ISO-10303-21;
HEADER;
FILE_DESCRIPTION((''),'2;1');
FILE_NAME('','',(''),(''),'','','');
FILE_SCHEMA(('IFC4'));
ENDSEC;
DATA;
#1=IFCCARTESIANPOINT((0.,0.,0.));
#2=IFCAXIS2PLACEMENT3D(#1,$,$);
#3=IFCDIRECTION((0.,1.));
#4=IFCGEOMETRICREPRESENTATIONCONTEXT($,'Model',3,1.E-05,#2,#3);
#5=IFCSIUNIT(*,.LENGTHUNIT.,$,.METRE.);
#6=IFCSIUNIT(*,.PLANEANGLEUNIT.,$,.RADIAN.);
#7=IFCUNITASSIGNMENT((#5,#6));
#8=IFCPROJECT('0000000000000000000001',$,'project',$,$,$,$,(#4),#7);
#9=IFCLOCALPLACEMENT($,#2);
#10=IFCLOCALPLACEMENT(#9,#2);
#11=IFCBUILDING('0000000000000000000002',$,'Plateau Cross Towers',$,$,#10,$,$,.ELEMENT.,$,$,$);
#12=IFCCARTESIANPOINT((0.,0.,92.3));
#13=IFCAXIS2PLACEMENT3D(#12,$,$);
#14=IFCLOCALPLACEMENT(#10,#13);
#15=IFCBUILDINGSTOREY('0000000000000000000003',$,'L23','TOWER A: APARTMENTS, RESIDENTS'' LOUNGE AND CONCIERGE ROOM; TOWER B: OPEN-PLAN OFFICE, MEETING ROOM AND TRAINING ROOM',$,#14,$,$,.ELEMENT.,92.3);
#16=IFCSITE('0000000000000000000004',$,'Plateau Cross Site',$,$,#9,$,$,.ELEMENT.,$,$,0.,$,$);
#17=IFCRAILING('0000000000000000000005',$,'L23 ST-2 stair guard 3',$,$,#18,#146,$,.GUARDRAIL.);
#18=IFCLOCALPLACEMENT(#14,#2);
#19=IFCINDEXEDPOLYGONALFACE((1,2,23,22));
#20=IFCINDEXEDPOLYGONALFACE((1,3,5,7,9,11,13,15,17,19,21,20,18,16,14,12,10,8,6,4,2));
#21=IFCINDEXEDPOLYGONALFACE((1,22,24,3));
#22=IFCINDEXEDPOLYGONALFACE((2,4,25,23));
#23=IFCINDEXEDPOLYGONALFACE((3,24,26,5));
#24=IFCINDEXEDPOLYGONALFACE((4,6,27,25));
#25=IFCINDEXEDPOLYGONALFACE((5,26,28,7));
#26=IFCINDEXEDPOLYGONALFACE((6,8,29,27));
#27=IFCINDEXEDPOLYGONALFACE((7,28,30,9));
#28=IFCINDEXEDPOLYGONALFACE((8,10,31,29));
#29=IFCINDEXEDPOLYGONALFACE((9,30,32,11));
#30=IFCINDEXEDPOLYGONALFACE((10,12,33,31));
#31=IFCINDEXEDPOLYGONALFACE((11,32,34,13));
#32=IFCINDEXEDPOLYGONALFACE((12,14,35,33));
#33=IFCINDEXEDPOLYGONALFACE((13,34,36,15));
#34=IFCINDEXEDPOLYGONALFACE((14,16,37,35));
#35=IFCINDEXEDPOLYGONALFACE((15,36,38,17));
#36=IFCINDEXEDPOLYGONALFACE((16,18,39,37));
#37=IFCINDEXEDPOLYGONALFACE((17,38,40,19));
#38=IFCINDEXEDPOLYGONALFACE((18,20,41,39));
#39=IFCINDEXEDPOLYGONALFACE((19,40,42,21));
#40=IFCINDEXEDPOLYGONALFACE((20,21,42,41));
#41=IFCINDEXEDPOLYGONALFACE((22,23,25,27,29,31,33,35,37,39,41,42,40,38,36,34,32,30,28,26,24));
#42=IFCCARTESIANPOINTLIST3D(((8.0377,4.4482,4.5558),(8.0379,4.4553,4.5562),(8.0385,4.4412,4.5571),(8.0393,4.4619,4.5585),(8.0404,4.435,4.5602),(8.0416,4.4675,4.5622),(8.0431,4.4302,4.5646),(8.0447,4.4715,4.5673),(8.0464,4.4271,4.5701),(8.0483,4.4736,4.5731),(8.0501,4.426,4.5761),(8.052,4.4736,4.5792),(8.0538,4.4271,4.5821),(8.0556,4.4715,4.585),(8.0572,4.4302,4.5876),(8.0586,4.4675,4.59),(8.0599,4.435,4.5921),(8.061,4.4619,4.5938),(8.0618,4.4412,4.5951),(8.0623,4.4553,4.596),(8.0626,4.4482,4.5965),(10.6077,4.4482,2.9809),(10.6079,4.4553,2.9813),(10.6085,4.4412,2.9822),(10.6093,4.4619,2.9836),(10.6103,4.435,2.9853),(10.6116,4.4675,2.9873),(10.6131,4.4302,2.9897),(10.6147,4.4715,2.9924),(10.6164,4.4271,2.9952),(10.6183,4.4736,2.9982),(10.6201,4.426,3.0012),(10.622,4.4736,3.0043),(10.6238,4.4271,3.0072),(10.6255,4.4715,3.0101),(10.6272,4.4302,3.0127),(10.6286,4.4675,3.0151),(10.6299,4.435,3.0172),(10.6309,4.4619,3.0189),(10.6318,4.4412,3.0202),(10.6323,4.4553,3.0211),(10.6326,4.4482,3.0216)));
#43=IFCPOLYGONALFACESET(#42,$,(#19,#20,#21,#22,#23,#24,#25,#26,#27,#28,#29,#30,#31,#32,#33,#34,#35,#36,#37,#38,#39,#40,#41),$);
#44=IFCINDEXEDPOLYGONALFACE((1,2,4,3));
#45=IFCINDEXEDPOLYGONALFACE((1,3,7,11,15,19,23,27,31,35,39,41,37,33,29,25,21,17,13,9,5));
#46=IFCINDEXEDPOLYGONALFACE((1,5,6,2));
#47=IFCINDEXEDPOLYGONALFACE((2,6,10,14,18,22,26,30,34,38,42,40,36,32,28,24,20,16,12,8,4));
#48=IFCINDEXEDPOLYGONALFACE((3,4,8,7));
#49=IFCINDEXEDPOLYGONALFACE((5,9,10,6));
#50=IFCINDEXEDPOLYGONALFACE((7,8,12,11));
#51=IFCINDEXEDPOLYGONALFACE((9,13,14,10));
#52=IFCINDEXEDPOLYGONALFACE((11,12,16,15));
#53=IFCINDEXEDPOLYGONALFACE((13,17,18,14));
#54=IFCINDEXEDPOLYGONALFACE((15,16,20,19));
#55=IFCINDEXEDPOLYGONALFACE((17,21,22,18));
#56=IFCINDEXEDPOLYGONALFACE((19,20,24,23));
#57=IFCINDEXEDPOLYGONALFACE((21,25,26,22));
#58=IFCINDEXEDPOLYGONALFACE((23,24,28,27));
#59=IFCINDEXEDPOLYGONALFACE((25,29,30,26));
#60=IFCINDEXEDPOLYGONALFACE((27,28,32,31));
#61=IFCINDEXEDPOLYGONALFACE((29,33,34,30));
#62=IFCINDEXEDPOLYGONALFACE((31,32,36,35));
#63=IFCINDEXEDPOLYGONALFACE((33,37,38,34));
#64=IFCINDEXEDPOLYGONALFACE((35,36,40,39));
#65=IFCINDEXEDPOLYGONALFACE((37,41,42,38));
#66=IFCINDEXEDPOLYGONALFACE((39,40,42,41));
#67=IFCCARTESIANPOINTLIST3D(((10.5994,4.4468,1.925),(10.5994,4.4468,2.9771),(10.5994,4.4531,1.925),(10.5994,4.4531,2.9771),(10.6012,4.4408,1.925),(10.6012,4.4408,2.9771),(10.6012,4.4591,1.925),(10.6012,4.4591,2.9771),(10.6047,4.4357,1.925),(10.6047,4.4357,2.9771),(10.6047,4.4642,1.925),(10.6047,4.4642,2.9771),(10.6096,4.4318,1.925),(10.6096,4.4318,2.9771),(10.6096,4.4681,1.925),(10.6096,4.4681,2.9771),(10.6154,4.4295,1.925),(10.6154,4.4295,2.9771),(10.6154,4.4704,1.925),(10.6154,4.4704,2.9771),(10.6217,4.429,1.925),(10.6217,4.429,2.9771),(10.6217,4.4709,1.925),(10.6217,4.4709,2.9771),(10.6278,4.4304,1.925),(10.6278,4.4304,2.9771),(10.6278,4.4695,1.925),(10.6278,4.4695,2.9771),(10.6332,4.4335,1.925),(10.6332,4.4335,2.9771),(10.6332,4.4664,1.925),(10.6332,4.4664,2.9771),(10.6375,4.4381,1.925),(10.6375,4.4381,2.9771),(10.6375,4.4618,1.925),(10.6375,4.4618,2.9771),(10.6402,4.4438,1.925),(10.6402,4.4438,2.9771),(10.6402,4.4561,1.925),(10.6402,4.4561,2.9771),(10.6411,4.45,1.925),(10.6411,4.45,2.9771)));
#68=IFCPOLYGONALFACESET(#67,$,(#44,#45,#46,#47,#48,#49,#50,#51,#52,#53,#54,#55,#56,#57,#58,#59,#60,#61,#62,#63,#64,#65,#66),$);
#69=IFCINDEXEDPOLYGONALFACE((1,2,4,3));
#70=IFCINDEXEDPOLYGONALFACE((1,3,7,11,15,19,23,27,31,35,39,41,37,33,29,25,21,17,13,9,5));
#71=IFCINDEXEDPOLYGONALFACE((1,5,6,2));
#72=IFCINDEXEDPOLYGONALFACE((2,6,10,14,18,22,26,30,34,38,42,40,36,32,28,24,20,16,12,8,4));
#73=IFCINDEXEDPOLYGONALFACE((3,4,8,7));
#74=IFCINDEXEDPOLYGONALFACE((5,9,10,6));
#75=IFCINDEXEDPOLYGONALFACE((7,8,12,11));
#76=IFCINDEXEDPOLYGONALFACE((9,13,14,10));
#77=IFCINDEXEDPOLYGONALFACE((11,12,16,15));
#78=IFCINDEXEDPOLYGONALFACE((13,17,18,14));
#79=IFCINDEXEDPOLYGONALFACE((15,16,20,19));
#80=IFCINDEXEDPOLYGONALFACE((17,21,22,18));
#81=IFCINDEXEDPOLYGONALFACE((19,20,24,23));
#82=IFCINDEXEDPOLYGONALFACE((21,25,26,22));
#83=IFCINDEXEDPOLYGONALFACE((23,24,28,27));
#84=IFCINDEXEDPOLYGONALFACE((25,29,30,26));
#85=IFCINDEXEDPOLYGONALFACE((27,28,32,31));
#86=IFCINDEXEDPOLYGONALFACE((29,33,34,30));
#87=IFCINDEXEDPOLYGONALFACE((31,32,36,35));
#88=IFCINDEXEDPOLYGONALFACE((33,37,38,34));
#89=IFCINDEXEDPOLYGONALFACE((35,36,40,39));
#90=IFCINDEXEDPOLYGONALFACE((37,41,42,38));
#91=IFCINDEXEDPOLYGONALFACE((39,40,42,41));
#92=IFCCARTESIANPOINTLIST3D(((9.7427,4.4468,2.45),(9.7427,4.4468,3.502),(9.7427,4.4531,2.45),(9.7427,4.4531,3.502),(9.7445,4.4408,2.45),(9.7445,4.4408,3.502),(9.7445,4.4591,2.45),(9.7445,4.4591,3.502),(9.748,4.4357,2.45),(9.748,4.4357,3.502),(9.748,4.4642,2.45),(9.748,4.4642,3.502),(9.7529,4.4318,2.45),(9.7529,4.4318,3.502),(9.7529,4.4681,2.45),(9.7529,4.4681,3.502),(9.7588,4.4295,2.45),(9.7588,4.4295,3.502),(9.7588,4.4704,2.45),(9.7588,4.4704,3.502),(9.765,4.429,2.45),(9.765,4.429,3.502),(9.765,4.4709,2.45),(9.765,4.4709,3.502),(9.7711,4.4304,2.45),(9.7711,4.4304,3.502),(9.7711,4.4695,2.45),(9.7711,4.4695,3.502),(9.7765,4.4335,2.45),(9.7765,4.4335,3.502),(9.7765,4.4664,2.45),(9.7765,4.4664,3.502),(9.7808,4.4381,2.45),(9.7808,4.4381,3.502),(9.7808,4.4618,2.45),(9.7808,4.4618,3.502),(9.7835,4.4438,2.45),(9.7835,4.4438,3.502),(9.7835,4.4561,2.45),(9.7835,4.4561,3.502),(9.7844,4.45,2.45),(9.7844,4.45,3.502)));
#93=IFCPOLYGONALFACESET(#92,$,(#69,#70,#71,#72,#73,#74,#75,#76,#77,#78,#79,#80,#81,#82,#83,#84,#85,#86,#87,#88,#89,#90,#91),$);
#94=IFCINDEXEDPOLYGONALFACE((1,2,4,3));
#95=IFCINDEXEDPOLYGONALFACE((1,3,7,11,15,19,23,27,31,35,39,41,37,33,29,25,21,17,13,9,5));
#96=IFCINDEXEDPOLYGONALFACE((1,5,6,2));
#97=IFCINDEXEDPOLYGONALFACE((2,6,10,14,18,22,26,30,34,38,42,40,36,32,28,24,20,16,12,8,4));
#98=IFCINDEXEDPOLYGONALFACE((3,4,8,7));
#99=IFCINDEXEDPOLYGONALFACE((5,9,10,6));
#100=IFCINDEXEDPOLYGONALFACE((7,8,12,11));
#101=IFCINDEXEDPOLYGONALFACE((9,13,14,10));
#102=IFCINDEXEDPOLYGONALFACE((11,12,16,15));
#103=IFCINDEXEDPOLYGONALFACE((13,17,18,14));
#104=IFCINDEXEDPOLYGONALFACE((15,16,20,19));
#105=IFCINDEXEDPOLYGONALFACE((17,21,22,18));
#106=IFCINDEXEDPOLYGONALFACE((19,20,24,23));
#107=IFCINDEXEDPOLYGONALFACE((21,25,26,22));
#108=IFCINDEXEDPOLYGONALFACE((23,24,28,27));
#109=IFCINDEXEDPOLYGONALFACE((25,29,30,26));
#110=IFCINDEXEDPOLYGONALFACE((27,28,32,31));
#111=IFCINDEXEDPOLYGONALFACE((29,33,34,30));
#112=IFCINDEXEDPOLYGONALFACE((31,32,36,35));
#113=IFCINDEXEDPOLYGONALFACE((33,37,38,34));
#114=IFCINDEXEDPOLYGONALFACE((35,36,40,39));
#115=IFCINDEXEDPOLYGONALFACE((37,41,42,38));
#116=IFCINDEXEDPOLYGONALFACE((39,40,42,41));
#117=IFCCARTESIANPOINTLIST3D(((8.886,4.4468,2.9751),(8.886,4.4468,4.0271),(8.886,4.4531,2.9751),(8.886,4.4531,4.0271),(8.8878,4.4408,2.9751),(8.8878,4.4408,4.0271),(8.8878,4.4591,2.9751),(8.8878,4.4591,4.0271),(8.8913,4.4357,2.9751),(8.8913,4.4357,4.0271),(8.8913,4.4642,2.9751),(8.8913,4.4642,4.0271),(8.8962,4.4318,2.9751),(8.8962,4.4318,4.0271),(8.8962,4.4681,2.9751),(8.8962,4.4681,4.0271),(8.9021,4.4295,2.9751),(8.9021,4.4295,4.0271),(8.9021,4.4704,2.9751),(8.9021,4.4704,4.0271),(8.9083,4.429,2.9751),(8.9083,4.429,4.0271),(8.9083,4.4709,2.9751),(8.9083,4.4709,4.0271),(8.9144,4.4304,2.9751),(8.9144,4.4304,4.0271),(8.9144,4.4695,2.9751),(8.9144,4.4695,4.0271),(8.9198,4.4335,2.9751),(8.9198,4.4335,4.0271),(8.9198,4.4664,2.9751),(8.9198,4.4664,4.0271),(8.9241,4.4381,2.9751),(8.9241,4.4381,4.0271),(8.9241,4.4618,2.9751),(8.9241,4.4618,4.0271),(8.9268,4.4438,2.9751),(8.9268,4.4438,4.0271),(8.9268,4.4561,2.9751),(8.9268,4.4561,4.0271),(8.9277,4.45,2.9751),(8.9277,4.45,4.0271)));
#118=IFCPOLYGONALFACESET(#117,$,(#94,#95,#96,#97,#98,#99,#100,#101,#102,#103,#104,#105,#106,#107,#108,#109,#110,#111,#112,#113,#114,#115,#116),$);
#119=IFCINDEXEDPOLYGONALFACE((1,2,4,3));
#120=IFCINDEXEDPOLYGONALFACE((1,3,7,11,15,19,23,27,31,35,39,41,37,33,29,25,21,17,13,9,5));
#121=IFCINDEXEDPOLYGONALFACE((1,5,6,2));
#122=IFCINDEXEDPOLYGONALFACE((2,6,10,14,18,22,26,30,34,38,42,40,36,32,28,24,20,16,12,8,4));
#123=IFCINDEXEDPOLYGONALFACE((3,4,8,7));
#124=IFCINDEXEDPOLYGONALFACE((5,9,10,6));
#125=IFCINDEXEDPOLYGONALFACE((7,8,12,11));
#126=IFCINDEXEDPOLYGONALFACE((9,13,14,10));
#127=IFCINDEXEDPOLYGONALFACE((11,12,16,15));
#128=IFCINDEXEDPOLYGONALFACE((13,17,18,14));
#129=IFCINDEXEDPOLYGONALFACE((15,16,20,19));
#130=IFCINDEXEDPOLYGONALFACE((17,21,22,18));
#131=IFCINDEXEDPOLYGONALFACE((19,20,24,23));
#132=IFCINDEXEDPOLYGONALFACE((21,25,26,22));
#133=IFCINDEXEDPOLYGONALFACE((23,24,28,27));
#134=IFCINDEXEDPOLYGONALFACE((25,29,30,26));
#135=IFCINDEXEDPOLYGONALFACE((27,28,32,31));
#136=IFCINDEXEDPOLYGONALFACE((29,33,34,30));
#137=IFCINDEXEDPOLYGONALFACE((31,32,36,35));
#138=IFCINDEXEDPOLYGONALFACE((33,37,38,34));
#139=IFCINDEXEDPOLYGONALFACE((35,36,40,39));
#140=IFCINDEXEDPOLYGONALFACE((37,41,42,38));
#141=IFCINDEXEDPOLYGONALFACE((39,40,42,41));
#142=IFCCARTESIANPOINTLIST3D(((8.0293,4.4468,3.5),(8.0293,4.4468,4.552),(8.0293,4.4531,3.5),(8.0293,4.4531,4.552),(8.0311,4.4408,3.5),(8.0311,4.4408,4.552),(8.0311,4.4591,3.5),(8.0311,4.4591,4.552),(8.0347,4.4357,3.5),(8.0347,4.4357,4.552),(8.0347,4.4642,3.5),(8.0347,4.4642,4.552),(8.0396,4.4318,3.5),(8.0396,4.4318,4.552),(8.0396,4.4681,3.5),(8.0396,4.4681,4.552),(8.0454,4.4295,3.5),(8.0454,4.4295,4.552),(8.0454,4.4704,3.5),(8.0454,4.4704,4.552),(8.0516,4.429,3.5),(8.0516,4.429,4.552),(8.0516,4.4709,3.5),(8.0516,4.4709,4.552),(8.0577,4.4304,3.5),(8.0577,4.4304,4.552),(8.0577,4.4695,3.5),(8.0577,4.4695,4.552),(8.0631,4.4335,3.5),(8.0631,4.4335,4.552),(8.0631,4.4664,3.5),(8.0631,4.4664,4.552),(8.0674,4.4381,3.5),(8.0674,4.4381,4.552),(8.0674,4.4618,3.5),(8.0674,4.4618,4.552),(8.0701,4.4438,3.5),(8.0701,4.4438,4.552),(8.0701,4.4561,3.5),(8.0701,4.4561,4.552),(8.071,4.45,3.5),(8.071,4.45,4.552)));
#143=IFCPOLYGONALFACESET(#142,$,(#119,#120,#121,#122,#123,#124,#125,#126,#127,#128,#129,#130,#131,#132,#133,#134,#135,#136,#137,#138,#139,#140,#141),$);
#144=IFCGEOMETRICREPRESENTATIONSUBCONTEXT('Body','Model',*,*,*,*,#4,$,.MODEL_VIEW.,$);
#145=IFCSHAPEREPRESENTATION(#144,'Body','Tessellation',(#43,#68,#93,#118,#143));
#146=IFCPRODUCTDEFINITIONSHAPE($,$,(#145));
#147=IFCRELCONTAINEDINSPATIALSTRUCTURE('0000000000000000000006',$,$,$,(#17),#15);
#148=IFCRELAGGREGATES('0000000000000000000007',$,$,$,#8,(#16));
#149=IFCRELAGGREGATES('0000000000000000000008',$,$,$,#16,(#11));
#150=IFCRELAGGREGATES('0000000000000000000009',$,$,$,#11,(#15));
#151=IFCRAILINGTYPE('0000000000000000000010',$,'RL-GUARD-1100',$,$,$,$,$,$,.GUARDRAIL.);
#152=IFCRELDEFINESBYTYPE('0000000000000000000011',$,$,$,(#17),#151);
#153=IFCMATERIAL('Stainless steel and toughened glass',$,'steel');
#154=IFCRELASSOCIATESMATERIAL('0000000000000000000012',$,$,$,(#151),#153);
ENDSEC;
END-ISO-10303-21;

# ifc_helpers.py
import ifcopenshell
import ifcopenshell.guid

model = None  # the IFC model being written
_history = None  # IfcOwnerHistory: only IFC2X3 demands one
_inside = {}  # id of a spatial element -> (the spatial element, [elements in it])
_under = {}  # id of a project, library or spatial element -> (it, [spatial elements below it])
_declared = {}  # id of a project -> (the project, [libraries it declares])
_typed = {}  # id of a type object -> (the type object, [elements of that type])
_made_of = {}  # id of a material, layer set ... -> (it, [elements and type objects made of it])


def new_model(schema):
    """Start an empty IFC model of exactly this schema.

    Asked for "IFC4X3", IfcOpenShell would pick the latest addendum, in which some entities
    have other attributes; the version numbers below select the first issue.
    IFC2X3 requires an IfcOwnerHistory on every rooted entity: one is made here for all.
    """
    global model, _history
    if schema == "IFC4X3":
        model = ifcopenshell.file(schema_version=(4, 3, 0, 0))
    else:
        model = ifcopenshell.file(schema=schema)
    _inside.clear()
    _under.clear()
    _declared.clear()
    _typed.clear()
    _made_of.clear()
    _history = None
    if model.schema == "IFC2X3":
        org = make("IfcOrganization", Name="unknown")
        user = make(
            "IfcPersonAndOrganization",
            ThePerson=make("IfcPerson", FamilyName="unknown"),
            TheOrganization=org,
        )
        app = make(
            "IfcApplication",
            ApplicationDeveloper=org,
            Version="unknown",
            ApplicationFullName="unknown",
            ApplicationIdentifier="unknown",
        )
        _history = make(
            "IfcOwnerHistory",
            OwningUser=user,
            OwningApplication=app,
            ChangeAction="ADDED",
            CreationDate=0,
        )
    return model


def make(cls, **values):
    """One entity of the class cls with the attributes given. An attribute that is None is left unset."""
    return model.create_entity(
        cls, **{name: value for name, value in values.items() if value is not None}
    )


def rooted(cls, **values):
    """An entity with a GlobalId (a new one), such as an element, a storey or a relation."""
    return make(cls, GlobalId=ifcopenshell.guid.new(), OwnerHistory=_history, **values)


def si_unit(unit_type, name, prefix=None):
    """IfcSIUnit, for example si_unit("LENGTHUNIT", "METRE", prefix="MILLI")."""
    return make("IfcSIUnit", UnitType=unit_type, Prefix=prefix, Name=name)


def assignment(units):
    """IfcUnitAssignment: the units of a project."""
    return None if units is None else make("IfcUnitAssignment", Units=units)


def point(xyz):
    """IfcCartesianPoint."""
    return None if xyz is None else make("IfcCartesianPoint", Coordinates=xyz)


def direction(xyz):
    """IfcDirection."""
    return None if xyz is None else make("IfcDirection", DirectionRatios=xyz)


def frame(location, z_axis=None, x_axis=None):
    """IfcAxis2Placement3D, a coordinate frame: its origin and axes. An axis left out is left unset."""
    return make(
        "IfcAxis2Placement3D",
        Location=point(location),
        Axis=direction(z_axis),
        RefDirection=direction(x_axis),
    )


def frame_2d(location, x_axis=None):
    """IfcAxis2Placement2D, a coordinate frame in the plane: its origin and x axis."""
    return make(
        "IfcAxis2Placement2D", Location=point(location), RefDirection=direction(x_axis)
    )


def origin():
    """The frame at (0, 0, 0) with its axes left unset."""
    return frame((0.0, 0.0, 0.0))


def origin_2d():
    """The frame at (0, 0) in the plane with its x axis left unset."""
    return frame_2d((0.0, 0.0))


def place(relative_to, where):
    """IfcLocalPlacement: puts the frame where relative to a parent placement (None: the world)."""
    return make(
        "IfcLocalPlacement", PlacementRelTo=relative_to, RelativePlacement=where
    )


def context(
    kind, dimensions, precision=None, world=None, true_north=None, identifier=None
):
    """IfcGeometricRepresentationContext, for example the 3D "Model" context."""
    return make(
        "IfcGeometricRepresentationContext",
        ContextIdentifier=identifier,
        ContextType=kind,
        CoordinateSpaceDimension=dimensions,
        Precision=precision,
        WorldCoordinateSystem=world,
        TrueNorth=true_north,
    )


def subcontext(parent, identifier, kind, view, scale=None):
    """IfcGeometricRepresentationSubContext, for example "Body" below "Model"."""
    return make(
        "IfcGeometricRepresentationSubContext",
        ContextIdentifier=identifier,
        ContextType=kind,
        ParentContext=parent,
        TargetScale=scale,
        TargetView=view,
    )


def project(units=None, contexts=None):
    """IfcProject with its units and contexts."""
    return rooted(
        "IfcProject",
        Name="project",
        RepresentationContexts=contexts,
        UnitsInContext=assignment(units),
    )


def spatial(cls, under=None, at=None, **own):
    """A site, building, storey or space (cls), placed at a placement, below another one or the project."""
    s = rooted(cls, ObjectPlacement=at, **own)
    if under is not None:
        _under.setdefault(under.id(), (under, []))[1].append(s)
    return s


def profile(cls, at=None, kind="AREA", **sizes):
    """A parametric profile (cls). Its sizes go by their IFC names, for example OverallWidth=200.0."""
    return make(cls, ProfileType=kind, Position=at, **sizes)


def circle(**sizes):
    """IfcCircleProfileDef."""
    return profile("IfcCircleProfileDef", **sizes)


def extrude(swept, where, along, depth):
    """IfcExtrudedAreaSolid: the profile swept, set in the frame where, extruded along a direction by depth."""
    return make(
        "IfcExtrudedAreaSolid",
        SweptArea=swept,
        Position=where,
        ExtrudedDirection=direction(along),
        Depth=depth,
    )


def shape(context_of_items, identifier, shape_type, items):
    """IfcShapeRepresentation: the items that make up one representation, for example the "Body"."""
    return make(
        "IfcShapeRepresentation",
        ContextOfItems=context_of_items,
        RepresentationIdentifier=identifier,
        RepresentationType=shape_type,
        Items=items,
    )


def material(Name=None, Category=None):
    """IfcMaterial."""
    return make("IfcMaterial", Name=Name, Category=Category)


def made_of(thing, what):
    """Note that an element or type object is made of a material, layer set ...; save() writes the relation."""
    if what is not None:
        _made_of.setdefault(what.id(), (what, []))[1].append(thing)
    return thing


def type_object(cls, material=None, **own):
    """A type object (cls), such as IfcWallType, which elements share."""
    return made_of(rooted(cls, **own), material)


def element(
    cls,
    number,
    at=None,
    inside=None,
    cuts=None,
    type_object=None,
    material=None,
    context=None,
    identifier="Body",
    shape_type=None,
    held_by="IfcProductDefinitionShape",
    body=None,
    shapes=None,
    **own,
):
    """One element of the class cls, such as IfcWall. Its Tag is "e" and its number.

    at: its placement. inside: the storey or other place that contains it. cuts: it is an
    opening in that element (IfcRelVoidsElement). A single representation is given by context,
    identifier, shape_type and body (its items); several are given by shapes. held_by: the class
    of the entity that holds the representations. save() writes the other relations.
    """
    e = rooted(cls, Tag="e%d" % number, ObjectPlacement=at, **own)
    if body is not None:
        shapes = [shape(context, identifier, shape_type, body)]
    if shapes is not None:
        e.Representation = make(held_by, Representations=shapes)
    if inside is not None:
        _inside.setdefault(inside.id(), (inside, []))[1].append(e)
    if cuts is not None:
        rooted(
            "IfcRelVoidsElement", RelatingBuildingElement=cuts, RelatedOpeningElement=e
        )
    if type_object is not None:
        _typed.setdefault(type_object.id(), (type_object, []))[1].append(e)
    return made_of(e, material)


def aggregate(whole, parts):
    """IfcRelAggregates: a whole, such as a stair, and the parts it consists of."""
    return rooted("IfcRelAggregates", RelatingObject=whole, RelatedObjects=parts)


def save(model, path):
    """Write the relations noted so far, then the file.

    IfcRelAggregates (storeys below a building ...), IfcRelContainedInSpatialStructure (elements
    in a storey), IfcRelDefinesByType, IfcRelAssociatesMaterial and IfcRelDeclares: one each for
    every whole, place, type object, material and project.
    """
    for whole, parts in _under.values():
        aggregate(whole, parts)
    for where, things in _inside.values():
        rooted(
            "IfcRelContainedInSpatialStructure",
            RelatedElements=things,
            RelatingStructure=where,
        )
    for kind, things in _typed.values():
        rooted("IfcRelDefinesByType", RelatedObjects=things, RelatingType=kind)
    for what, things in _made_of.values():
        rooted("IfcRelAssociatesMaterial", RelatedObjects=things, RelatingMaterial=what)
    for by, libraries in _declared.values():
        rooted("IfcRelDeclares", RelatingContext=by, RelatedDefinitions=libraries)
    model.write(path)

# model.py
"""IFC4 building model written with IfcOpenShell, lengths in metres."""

from ifc_helpers import new_model, si_unit, direction, frame, origin, origin_2d, place, context, subcontext, project, spatial, circle, extrude, material, type_object, element, save


model = new_model("IFC4")

# Units and contexts
model_context = context("Model", 3, precision=1e-05, world=origin(), true_north=direction((0.0, 1.0)))
body_context = subcontext(model_context, "Body", "Model", "MODEL_VIEW")
ifc_project = project(units=[si_unit("LENGTHUNIT", "METRE"), si_unit("PLANEANGLEUNIT", "RADIAN")], contexts=[model_context])

# Site, building, storey
site_placement = place(None, origin())
site = spatial("IfcSite", under=ifc_project, at=site_placement, Name="Plateau Cross Site", CompositionType="ELEMENT", RefElevation=0.0)
building_placement = place(site_placement, origin())
building = spatial("IfcBuilding", under=site, at=building_placement, Name="Plateau Cross Towers", CompositionType="ELEMENT")
storey_placement = place(building_placement, frame((0.0, 0.0, 92.3)))
storey = spatial("IfcBuildingStorey", under=building, at=storey_placement, Name="L23", Description="TOWER A: APARTMENTS, RESIDENTS' LOUNGE AND CONCIERGE ROOM; TOWER B: OPEN-PLAN OFFICE, MEETING ROOM AND TRAINING ROOM", CompositionType="ELEMENT", Elevation=92.3)

# Railing
ifc_material_1 = material(Name="Stainless steel and toughened glass", Category="steel")
railing_type_1 = type_object("IfcRailingType", Name="RL-GUARD-1100", PredefinedType="GUARDRAIL", material=ifc_material_1)
railing_1_placement = place(storey_placement, frame((10.6201, 4.45, 1.925)))
element("IfcRailing", 1, at=railing_1_placement, inside=storey, type_object=railing_type_1, Name="L23 ST-2 stair guard 3", PredefinedType="GUARDRAIL", context=body_context, shape_type="SweptSolid", body=[
    extrude(circle(Radius=0.0239, at=origin_2d()), frame((0.0, 0.0, 1.0762), z_axis=(-0.852639, 0.0, 0.522501), x_axis=(0.0, -1.0, 0.0)), (0.0, 0.0, 1.0), 3.0142),
    extrude(circle(Radius=0.021, at=origin_2d()), origin(), (0.0, 0.0, 1.0), 1.052),
    extrude(circle(Radius=0.021, at=origin_2d()), frame((-0.8567, 0.0, 0.5249)), (0.0, 0.0, 1.0), 1.052),
    extrude(circle(Radius=0.021, at=origin_2d()), frame((-1.7134, 0.0, 1.05)), (0.0, 0.0, 1.0), 1.052),
    extrude(circle(Radius=0.021, at=origin_2d()), frame((-2.5701, 0.0, 1.575)), (0.0, 0.0, 1.0), 1.052),
])

save(model, "model.ifc")
